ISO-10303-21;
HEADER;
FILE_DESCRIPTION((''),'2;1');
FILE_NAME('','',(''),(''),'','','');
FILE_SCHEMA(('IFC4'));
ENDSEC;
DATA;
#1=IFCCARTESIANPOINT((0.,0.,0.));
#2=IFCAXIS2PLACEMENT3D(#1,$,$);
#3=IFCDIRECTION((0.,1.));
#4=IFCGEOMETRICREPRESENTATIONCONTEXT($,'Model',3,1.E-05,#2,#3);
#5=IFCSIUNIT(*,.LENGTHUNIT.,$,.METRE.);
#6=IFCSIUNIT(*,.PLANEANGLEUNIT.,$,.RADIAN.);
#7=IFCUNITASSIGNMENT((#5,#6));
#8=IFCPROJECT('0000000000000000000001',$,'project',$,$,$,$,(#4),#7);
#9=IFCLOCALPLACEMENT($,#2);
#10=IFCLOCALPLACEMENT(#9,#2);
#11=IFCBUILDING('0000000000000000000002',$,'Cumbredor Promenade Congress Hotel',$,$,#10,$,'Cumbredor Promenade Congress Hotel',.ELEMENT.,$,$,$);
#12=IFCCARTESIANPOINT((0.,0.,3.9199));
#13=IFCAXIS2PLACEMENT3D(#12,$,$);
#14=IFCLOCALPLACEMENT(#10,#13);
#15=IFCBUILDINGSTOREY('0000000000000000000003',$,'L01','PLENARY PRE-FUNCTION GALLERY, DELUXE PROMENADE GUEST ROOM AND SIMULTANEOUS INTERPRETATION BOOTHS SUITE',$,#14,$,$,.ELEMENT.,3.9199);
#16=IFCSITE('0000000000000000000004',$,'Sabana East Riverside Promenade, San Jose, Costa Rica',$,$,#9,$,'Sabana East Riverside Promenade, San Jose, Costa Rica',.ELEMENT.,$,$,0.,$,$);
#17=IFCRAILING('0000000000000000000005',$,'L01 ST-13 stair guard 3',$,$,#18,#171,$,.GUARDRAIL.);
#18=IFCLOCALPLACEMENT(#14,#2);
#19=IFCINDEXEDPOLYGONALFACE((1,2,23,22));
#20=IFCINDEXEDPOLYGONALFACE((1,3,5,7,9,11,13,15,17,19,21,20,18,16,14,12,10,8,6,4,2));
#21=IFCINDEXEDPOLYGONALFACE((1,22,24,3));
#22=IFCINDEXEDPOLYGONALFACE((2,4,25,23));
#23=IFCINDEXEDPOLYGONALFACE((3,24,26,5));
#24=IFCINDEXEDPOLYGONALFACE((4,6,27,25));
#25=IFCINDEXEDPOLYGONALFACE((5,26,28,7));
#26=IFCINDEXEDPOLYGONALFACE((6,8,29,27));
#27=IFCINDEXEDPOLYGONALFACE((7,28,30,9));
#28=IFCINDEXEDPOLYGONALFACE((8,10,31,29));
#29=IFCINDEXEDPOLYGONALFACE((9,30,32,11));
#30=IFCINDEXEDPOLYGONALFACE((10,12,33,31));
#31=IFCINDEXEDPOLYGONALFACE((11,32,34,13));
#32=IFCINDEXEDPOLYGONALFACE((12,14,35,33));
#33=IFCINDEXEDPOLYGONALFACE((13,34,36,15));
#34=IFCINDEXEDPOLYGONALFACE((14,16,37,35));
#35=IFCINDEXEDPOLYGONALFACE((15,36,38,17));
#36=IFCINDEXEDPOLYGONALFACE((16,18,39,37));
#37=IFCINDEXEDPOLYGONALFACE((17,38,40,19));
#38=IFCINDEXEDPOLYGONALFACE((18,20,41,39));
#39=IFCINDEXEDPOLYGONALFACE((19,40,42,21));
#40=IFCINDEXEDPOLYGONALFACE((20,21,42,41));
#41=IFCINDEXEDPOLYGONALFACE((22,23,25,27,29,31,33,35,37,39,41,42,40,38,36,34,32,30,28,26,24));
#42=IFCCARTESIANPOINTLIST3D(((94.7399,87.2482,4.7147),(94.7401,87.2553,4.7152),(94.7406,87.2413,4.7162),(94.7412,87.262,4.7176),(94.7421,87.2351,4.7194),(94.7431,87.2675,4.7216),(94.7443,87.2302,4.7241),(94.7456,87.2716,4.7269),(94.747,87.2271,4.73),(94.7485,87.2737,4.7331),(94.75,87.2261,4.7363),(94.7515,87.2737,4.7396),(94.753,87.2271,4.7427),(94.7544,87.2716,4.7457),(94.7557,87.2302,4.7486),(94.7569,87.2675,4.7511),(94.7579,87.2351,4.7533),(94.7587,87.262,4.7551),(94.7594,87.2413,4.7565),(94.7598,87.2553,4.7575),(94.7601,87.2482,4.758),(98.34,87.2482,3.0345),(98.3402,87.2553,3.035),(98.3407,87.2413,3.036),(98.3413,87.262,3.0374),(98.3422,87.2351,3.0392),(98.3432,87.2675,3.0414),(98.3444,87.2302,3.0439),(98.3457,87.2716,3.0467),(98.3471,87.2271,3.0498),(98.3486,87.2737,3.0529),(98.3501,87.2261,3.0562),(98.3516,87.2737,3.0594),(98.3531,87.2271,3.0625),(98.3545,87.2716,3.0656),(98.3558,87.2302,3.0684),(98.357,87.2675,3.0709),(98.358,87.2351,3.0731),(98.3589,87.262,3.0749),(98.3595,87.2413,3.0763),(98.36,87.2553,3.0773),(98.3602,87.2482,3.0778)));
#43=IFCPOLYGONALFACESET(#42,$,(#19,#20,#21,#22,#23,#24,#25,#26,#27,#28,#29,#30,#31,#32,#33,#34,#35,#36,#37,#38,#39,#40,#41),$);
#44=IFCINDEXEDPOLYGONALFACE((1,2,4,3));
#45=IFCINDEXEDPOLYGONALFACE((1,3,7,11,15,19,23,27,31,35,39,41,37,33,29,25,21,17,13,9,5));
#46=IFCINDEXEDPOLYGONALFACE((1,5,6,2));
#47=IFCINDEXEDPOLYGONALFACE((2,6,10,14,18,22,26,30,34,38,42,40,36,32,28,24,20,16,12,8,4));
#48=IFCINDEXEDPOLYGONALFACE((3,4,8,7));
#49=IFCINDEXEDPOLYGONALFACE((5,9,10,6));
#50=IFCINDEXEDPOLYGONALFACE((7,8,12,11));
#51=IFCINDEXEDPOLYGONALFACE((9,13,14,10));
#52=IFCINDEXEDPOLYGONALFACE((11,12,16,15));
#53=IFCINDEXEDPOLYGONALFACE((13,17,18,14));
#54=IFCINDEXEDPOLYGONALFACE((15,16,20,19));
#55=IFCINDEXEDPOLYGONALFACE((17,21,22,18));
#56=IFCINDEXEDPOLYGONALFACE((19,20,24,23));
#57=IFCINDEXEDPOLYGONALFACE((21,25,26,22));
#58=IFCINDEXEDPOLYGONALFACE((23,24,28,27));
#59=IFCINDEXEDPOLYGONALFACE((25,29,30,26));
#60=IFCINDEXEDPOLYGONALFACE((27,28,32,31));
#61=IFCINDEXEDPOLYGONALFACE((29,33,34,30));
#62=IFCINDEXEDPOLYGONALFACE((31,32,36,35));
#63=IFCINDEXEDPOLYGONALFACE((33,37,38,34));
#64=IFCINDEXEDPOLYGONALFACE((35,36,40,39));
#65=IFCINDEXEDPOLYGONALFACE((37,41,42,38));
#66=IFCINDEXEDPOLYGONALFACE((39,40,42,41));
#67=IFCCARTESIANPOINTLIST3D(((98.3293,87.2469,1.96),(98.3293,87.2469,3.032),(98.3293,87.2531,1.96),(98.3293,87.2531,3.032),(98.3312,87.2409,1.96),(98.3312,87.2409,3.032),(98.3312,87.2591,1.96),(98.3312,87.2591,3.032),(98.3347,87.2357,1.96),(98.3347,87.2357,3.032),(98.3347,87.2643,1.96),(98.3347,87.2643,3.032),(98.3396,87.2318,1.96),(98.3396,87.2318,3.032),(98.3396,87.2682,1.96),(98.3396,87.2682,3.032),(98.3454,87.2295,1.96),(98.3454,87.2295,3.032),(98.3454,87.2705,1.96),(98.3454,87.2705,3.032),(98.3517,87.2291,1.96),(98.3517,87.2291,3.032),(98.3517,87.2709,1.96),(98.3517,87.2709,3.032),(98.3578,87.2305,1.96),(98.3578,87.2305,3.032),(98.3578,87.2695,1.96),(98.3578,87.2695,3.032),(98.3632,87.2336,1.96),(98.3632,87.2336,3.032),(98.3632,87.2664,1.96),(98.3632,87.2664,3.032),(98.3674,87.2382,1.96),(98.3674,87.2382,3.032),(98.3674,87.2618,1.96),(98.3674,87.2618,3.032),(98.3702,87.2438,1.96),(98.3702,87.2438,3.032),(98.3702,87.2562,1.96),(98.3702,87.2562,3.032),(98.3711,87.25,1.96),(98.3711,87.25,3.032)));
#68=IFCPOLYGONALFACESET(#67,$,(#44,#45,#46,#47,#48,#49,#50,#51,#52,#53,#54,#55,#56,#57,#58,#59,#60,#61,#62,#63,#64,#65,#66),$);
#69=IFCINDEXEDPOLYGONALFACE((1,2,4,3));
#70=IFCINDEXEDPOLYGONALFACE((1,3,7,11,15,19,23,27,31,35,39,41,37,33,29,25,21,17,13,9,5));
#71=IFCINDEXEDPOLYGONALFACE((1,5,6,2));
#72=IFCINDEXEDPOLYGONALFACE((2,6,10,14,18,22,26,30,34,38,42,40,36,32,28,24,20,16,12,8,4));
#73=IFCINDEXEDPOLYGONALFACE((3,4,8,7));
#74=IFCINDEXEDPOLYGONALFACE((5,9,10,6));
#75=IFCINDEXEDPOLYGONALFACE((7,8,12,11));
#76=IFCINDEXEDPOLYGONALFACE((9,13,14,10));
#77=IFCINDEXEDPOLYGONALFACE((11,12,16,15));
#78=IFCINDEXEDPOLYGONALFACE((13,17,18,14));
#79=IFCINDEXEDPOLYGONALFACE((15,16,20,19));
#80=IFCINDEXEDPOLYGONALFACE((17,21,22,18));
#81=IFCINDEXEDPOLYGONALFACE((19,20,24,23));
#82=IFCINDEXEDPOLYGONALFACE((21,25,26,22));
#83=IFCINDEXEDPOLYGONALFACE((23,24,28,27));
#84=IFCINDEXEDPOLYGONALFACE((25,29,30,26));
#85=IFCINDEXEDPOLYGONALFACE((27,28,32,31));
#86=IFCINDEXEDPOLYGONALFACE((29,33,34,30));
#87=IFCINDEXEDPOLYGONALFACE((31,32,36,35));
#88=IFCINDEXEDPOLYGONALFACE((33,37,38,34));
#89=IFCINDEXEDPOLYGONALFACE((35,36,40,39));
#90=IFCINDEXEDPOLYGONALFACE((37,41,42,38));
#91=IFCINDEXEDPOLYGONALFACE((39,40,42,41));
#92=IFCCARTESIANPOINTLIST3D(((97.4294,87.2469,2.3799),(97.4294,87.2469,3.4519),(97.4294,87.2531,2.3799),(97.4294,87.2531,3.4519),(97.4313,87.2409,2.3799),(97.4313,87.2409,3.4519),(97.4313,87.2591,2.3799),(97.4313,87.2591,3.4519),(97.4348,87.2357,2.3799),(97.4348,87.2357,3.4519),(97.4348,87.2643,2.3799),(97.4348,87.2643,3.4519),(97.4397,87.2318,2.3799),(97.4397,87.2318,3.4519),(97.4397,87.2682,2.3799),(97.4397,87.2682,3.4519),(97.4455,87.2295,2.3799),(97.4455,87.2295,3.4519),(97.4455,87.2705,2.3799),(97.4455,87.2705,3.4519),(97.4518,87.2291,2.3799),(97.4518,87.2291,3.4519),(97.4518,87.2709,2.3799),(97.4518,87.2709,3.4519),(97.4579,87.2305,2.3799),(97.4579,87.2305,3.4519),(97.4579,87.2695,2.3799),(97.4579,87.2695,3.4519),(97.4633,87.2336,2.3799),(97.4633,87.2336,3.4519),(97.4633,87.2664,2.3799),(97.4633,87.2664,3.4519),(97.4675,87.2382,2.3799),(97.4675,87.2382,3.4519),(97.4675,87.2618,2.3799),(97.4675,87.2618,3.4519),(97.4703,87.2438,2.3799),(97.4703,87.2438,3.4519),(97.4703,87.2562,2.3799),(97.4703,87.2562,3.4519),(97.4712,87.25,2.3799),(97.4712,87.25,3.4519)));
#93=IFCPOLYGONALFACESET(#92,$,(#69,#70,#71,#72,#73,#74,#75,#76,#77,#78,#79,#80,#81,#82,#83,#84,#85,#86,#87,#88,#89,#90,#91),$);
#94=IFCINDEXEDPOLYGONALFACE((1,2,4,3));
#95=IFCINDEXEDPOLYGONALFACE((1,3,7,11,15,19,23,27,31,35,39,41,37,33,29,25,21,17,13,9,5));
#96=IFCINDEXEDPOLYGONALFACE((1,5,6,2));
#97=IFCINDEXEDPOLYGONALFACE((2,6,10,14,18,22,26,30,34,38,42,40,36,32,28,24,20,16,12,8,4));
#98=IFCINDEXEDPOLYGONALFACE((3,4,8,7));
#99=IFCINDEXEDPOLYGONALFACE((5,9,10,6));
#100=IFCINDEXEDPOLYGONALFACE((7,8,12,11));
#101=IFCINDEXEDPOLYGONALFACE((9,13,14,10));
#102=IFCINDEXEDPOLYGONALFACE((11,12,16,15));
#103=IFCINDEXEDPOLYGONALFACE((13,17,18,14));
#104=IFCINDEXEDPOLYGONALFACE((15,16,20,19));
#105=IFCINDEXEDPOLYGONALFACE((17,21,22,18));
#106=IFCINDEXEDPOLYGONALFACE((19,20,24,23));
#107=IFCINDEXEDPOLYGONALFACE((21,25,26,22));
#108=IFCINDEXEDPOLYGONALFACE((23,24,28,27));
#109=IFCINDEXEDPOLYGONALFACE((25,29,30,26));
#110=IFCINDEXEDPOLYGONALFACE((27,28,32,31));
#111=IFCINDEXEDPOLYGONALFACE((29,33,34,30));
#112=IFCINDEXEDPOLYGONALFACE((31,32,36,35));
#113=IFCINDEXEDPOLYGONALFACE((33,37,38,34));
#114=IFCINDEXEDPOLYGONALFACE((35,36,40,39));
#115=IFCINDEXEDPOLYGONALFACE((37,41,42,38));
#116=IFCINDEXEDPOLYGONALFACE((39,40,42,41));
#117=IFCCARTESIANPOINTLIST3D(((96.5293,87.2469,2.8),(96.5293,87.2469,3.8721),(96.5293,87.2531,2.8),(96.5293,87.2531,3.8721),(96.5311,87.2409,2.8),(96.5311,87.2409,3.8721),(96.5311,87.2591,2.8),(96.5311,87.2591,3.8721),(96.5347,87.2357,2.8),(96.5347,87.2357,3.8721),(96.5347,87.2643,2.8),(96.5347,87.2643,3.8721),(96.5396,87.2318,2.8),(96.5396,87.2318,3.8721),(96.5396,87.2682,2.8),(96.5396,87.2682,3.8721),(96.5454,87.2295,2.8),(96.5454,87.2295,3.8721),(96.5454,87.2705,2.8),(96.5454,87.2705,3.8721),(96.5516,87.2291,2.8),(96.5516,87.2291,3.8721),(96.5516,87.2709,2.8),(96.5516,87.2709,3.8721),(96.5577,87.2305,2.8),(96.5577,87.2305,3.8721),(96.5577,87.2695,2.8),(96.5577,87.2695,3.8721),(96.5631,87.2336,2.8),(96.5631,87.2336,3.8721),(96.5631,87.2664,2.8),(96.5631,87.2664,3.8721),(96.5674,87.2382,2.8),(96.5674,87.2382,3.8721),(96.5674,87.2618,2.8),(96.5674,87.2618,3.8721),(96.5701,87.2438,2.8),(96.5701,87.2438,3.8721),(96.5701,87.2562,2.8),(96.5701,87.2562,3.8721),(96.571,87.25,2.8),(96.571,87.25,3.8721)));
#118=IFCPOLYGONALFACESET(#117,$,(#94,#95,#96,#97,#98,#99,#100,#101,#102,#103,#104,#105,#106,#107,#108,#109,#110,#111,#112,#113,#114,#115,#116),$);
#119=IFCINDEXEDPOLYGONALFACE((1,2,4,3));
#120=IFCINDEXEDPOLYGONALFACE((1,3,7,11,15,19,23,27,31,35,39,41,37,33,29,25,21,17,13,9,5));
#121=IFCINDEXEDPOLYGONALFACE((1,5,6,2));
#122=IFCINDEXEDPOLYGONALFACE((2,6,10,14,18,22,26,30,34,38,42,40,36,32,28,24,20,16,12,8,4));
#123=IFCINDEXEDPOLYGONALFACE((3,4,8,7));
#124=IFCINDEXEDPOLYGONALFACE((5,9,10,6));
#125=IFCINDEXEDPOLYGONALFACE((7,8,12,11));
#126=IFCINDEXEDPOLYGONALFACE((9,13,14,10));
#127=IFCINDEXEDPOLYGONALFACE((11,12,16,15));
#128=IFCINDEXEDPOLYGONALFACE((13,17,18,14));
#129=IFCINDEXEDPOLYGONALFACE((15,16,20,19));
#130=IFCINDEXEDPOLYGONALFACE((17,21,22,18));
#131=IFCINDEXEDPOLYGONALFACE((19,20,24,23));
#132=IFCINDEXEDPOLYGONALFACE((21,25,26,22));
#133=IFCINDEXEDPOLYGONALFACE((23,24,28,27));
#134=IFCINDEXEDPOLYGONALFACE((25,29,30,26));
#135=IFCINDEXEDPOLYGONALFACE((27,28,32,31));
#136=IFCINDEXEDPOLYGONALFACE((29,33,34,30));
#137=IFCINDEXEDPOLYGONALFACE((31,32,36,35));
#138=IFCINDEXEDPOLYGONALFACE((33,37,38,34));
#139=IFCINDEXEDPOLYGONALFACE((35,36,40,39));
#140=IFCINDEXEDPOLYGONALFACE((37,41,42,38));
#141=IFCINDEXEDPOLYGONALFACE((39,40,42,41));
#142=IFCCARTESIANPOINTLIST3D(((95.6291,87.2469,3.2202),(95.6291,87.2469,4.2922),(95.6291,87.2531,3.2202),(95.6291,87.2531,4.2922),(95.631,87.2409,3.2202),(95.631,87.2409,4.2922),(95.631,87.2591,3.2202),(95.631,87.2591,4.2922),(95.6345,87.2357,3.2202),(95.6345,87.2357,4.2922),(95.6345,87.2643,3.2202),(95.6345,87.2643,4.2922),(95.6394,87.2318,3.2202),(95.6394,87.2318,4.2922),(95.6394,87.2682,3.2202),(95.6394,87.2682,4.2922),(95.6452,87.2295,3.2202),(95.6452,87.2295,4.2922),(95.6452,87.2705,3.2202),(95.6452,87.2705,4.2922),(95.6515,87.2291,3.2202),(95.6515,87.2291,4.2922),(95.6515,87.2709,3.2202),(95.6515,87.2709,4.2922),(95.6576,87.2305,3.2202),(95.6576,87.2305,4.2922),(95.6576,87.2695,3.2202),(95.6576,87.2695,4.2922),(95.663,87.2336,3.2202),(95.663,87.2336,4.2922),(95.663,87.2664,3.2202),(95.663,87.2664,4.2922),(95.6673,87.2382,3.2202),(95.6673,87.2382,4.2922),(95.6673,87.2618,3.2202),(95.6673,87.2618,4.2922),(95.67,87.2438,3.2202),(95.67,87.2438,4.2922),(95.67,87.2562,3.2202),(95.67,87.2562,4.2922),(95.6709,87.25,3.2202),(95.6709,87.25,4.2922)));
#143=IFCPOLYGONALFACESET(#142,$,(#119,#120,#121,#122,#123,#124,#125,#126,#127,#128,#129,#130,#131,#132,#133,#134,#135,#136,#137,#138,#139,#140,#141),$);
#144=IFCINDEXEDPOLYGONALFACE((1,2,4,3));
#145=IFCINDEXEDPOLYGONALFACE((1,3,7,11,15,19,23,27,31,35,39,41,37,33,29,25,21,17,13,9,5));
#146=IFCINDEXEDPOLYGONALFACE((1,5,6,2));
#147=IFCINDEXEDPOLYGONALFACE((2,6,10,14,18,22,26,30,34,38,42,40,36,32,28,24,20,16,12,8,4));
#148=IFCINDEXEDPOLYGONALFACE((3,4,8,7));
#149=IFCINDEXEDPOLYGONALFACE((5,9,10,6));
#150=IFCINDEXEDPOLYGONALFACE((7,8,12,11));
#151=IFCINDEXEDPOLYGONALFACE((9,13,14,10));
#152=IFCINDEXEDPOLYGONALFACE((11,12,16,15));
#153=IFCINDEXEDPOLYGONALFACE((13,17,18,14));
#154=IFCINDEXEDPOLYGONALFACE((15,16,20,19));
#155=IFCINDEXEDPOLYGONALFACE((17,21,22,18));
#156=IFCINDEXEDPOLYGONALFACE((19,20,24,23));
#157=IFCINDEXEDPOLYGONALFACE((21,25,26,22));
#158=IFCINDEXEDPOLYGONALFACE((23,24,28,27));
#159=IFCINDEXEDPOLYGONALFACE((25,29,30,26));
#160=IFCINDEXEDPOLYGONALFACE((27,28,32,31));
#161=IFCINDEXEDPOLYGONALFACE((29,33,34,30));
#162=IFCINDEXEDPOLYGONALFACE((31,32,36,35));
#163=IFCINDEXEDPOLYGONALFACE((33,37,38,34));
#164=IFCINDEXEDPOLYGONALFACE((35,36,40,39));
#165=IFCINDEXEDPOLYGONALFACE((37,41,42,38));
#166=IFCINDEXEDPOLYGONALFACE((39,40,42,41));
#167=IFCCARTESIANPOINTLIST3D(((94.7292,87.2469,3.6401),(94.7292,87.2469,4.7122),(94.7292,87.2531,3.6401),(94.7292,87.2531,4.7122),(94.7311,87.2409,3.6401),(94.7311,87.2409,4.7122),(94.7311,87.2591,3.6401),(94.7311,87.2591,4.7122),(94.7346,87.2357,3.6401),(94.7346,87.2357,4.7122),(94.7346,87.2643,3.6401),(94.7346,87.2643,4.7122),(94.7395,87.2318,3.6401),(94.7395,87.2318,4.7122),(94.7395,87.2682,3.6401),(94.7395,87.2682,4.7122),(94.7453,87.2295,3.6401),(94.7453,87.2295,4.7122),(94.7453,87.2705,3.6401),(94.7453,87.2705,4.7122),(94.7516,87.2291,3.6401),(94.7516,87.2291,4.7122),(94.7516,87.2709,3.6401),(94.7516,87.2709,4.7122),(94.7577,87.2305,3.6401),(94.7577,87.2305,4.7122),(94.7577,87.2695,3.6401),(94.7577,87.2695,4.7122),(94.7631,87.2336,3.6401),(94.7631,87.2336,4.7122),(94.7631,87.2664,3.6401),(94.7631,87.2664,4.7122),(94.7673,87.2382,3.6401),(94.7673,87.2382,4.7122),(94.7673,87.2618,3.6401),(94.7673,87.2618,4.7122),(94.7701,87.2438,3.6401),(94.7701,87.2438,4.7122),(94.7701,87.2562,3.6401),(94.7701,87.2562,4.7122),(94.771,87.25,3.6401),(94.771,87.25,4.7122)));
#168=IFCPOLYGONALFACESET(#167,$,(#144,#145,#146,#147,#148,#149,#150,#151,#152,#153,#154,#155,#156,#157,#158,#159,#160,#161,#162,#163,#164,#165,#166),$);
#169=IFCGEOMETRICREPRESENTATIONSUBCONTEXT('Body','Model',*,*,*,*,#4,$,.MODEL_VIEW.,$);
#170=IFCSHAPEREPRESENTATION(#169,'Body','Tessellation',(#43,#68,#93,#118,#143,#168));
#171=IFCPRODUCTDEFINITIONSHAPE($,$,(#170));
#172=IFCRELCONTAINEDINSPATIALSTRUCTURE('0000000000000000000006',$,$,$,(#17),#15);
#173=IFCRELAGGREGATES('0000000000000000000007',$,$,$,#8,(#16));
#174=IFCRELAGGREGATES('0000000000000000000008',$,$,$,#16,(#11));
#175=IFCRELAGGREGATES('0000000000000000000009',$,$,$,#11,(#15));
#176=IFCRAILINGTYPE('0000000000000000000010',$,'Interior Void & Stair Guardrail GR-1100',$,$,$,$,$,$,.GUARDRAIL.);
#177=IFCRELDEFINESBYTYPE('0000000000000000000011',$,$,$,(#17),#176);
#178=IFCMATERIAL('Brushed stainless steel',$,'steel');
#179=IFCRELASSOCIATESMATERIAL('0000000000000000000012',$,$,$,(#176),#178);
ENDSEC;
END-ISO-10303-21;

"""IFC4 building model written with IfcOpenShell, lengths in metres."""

from ifc_helpers import new_model, si_unit, direction, frame, origin, origin_2d, place, context, subcontext, project, spatial, circle, extrude, material, type_object, element, save


model = new_model("IFC4")

# Units and contexts
model_context = context("Model", 3, precision=1e-05, world=origin(), true_north=direction((0.0, 1.0)))
body_context = subcontext(model_context, "Body", "Model", "MODEL_VIEW")
ifc_project = project(units=[si_unit("LENGTHUNIT", "METRE"), si_unit("PLANEANGLEUNIT", "RADIAN")], contexts=[model_context])

# Site, building, storey
site_placement = place(None, origin())
site = spatial("IfcSite", under=ifc_project, at=site_placement, Name="Sabana East Riverside Promenade, San Jose, Costa Rica", LongName="Sabana East Riverside Promenade, San Jose, Costa Rica", CompositionType="ELEMENT", RefElevation=0.0)
building_placement = place(site_placement, origin())
building = spatial("IfcBuilding", under=site, at=building_placement, Name="Cumbredor Promenade Congress Hotel", LongName="Cumbredor Promenade Congress Hotel", CompositionType="ELEMENT")
storey_placement = place(building_placement, frame((0.0, 0.0, 3.9199)))
storey = spatial("IfcBuildingStorey", under=building, at=storey_placement, Name="L01", Description="PLENARY PRE-FUNCTION GALLERY, DELUXE PROMENADE GUEST ROOM AND SIMULTANEOUS INTERPRETATION BOOTHS SUITE", CompositionType="ELEMENT", Elevation=3.9199)

# Railing
ifc_material_1 = material(Name="Brushed stainless steel", Category="steel")
railing_type_1 = type_object("IfcRailingType", Name="Interior Void & Stair Guardrail GR-1100", PredefinedType="GUARDRAIL", material=ifc_material_1)
railing_1_placement = place(storey_placement, frame((98.3501, 87.25, 1.96)))
element("IfcRailing", 1, at=railing_1_placement, inside=storey, type_object=railing_type_1, Name="L01 ST-13 stair guard 3", PredefinedType="GUARDRAIL", context=body_context, shape_type="SweptSolid", body=[
    extrude(circle(Radius=0.0239, at=origin_2d()), frame((0.0, 0.0, 1.0962), z_axis=(-0.906171, 0.0, 0.422912), x_axis=(0.0, -1.0, 0.0)), (0.0, 0.0, 1.0), 3.9729),
    extrude(circle(Radius=0.021, at=origin_2d()), origin(), (0.0, 0.0, 1.0), 1.072),
    extrude(circle(Radius=0.021, at=origin_2d()), frame((-0.8999, 0.0, 0.4199)), (0.0, 0.0, 1.0), 1.072),
    extrude(circle(Radius=0.021, at=origin_2d()), frame((-1.8, 0.0, 0.8401)), (0.0, 0.0, 1.0), 1.072),
    extrude(circle(Radius=0.021, at=origin_2d()), frame((-2.7002, 0.0, 1.2603)), (0.0, 0.0, 1.0), 1.072),
    extrude(circle(Radius=0.021, at=origin_2d()), frame((-3.6001, 0.0, 1.6802)), (0.0, 0.0, 1.0), 1.072),
])

save(model, "model.ifc")
